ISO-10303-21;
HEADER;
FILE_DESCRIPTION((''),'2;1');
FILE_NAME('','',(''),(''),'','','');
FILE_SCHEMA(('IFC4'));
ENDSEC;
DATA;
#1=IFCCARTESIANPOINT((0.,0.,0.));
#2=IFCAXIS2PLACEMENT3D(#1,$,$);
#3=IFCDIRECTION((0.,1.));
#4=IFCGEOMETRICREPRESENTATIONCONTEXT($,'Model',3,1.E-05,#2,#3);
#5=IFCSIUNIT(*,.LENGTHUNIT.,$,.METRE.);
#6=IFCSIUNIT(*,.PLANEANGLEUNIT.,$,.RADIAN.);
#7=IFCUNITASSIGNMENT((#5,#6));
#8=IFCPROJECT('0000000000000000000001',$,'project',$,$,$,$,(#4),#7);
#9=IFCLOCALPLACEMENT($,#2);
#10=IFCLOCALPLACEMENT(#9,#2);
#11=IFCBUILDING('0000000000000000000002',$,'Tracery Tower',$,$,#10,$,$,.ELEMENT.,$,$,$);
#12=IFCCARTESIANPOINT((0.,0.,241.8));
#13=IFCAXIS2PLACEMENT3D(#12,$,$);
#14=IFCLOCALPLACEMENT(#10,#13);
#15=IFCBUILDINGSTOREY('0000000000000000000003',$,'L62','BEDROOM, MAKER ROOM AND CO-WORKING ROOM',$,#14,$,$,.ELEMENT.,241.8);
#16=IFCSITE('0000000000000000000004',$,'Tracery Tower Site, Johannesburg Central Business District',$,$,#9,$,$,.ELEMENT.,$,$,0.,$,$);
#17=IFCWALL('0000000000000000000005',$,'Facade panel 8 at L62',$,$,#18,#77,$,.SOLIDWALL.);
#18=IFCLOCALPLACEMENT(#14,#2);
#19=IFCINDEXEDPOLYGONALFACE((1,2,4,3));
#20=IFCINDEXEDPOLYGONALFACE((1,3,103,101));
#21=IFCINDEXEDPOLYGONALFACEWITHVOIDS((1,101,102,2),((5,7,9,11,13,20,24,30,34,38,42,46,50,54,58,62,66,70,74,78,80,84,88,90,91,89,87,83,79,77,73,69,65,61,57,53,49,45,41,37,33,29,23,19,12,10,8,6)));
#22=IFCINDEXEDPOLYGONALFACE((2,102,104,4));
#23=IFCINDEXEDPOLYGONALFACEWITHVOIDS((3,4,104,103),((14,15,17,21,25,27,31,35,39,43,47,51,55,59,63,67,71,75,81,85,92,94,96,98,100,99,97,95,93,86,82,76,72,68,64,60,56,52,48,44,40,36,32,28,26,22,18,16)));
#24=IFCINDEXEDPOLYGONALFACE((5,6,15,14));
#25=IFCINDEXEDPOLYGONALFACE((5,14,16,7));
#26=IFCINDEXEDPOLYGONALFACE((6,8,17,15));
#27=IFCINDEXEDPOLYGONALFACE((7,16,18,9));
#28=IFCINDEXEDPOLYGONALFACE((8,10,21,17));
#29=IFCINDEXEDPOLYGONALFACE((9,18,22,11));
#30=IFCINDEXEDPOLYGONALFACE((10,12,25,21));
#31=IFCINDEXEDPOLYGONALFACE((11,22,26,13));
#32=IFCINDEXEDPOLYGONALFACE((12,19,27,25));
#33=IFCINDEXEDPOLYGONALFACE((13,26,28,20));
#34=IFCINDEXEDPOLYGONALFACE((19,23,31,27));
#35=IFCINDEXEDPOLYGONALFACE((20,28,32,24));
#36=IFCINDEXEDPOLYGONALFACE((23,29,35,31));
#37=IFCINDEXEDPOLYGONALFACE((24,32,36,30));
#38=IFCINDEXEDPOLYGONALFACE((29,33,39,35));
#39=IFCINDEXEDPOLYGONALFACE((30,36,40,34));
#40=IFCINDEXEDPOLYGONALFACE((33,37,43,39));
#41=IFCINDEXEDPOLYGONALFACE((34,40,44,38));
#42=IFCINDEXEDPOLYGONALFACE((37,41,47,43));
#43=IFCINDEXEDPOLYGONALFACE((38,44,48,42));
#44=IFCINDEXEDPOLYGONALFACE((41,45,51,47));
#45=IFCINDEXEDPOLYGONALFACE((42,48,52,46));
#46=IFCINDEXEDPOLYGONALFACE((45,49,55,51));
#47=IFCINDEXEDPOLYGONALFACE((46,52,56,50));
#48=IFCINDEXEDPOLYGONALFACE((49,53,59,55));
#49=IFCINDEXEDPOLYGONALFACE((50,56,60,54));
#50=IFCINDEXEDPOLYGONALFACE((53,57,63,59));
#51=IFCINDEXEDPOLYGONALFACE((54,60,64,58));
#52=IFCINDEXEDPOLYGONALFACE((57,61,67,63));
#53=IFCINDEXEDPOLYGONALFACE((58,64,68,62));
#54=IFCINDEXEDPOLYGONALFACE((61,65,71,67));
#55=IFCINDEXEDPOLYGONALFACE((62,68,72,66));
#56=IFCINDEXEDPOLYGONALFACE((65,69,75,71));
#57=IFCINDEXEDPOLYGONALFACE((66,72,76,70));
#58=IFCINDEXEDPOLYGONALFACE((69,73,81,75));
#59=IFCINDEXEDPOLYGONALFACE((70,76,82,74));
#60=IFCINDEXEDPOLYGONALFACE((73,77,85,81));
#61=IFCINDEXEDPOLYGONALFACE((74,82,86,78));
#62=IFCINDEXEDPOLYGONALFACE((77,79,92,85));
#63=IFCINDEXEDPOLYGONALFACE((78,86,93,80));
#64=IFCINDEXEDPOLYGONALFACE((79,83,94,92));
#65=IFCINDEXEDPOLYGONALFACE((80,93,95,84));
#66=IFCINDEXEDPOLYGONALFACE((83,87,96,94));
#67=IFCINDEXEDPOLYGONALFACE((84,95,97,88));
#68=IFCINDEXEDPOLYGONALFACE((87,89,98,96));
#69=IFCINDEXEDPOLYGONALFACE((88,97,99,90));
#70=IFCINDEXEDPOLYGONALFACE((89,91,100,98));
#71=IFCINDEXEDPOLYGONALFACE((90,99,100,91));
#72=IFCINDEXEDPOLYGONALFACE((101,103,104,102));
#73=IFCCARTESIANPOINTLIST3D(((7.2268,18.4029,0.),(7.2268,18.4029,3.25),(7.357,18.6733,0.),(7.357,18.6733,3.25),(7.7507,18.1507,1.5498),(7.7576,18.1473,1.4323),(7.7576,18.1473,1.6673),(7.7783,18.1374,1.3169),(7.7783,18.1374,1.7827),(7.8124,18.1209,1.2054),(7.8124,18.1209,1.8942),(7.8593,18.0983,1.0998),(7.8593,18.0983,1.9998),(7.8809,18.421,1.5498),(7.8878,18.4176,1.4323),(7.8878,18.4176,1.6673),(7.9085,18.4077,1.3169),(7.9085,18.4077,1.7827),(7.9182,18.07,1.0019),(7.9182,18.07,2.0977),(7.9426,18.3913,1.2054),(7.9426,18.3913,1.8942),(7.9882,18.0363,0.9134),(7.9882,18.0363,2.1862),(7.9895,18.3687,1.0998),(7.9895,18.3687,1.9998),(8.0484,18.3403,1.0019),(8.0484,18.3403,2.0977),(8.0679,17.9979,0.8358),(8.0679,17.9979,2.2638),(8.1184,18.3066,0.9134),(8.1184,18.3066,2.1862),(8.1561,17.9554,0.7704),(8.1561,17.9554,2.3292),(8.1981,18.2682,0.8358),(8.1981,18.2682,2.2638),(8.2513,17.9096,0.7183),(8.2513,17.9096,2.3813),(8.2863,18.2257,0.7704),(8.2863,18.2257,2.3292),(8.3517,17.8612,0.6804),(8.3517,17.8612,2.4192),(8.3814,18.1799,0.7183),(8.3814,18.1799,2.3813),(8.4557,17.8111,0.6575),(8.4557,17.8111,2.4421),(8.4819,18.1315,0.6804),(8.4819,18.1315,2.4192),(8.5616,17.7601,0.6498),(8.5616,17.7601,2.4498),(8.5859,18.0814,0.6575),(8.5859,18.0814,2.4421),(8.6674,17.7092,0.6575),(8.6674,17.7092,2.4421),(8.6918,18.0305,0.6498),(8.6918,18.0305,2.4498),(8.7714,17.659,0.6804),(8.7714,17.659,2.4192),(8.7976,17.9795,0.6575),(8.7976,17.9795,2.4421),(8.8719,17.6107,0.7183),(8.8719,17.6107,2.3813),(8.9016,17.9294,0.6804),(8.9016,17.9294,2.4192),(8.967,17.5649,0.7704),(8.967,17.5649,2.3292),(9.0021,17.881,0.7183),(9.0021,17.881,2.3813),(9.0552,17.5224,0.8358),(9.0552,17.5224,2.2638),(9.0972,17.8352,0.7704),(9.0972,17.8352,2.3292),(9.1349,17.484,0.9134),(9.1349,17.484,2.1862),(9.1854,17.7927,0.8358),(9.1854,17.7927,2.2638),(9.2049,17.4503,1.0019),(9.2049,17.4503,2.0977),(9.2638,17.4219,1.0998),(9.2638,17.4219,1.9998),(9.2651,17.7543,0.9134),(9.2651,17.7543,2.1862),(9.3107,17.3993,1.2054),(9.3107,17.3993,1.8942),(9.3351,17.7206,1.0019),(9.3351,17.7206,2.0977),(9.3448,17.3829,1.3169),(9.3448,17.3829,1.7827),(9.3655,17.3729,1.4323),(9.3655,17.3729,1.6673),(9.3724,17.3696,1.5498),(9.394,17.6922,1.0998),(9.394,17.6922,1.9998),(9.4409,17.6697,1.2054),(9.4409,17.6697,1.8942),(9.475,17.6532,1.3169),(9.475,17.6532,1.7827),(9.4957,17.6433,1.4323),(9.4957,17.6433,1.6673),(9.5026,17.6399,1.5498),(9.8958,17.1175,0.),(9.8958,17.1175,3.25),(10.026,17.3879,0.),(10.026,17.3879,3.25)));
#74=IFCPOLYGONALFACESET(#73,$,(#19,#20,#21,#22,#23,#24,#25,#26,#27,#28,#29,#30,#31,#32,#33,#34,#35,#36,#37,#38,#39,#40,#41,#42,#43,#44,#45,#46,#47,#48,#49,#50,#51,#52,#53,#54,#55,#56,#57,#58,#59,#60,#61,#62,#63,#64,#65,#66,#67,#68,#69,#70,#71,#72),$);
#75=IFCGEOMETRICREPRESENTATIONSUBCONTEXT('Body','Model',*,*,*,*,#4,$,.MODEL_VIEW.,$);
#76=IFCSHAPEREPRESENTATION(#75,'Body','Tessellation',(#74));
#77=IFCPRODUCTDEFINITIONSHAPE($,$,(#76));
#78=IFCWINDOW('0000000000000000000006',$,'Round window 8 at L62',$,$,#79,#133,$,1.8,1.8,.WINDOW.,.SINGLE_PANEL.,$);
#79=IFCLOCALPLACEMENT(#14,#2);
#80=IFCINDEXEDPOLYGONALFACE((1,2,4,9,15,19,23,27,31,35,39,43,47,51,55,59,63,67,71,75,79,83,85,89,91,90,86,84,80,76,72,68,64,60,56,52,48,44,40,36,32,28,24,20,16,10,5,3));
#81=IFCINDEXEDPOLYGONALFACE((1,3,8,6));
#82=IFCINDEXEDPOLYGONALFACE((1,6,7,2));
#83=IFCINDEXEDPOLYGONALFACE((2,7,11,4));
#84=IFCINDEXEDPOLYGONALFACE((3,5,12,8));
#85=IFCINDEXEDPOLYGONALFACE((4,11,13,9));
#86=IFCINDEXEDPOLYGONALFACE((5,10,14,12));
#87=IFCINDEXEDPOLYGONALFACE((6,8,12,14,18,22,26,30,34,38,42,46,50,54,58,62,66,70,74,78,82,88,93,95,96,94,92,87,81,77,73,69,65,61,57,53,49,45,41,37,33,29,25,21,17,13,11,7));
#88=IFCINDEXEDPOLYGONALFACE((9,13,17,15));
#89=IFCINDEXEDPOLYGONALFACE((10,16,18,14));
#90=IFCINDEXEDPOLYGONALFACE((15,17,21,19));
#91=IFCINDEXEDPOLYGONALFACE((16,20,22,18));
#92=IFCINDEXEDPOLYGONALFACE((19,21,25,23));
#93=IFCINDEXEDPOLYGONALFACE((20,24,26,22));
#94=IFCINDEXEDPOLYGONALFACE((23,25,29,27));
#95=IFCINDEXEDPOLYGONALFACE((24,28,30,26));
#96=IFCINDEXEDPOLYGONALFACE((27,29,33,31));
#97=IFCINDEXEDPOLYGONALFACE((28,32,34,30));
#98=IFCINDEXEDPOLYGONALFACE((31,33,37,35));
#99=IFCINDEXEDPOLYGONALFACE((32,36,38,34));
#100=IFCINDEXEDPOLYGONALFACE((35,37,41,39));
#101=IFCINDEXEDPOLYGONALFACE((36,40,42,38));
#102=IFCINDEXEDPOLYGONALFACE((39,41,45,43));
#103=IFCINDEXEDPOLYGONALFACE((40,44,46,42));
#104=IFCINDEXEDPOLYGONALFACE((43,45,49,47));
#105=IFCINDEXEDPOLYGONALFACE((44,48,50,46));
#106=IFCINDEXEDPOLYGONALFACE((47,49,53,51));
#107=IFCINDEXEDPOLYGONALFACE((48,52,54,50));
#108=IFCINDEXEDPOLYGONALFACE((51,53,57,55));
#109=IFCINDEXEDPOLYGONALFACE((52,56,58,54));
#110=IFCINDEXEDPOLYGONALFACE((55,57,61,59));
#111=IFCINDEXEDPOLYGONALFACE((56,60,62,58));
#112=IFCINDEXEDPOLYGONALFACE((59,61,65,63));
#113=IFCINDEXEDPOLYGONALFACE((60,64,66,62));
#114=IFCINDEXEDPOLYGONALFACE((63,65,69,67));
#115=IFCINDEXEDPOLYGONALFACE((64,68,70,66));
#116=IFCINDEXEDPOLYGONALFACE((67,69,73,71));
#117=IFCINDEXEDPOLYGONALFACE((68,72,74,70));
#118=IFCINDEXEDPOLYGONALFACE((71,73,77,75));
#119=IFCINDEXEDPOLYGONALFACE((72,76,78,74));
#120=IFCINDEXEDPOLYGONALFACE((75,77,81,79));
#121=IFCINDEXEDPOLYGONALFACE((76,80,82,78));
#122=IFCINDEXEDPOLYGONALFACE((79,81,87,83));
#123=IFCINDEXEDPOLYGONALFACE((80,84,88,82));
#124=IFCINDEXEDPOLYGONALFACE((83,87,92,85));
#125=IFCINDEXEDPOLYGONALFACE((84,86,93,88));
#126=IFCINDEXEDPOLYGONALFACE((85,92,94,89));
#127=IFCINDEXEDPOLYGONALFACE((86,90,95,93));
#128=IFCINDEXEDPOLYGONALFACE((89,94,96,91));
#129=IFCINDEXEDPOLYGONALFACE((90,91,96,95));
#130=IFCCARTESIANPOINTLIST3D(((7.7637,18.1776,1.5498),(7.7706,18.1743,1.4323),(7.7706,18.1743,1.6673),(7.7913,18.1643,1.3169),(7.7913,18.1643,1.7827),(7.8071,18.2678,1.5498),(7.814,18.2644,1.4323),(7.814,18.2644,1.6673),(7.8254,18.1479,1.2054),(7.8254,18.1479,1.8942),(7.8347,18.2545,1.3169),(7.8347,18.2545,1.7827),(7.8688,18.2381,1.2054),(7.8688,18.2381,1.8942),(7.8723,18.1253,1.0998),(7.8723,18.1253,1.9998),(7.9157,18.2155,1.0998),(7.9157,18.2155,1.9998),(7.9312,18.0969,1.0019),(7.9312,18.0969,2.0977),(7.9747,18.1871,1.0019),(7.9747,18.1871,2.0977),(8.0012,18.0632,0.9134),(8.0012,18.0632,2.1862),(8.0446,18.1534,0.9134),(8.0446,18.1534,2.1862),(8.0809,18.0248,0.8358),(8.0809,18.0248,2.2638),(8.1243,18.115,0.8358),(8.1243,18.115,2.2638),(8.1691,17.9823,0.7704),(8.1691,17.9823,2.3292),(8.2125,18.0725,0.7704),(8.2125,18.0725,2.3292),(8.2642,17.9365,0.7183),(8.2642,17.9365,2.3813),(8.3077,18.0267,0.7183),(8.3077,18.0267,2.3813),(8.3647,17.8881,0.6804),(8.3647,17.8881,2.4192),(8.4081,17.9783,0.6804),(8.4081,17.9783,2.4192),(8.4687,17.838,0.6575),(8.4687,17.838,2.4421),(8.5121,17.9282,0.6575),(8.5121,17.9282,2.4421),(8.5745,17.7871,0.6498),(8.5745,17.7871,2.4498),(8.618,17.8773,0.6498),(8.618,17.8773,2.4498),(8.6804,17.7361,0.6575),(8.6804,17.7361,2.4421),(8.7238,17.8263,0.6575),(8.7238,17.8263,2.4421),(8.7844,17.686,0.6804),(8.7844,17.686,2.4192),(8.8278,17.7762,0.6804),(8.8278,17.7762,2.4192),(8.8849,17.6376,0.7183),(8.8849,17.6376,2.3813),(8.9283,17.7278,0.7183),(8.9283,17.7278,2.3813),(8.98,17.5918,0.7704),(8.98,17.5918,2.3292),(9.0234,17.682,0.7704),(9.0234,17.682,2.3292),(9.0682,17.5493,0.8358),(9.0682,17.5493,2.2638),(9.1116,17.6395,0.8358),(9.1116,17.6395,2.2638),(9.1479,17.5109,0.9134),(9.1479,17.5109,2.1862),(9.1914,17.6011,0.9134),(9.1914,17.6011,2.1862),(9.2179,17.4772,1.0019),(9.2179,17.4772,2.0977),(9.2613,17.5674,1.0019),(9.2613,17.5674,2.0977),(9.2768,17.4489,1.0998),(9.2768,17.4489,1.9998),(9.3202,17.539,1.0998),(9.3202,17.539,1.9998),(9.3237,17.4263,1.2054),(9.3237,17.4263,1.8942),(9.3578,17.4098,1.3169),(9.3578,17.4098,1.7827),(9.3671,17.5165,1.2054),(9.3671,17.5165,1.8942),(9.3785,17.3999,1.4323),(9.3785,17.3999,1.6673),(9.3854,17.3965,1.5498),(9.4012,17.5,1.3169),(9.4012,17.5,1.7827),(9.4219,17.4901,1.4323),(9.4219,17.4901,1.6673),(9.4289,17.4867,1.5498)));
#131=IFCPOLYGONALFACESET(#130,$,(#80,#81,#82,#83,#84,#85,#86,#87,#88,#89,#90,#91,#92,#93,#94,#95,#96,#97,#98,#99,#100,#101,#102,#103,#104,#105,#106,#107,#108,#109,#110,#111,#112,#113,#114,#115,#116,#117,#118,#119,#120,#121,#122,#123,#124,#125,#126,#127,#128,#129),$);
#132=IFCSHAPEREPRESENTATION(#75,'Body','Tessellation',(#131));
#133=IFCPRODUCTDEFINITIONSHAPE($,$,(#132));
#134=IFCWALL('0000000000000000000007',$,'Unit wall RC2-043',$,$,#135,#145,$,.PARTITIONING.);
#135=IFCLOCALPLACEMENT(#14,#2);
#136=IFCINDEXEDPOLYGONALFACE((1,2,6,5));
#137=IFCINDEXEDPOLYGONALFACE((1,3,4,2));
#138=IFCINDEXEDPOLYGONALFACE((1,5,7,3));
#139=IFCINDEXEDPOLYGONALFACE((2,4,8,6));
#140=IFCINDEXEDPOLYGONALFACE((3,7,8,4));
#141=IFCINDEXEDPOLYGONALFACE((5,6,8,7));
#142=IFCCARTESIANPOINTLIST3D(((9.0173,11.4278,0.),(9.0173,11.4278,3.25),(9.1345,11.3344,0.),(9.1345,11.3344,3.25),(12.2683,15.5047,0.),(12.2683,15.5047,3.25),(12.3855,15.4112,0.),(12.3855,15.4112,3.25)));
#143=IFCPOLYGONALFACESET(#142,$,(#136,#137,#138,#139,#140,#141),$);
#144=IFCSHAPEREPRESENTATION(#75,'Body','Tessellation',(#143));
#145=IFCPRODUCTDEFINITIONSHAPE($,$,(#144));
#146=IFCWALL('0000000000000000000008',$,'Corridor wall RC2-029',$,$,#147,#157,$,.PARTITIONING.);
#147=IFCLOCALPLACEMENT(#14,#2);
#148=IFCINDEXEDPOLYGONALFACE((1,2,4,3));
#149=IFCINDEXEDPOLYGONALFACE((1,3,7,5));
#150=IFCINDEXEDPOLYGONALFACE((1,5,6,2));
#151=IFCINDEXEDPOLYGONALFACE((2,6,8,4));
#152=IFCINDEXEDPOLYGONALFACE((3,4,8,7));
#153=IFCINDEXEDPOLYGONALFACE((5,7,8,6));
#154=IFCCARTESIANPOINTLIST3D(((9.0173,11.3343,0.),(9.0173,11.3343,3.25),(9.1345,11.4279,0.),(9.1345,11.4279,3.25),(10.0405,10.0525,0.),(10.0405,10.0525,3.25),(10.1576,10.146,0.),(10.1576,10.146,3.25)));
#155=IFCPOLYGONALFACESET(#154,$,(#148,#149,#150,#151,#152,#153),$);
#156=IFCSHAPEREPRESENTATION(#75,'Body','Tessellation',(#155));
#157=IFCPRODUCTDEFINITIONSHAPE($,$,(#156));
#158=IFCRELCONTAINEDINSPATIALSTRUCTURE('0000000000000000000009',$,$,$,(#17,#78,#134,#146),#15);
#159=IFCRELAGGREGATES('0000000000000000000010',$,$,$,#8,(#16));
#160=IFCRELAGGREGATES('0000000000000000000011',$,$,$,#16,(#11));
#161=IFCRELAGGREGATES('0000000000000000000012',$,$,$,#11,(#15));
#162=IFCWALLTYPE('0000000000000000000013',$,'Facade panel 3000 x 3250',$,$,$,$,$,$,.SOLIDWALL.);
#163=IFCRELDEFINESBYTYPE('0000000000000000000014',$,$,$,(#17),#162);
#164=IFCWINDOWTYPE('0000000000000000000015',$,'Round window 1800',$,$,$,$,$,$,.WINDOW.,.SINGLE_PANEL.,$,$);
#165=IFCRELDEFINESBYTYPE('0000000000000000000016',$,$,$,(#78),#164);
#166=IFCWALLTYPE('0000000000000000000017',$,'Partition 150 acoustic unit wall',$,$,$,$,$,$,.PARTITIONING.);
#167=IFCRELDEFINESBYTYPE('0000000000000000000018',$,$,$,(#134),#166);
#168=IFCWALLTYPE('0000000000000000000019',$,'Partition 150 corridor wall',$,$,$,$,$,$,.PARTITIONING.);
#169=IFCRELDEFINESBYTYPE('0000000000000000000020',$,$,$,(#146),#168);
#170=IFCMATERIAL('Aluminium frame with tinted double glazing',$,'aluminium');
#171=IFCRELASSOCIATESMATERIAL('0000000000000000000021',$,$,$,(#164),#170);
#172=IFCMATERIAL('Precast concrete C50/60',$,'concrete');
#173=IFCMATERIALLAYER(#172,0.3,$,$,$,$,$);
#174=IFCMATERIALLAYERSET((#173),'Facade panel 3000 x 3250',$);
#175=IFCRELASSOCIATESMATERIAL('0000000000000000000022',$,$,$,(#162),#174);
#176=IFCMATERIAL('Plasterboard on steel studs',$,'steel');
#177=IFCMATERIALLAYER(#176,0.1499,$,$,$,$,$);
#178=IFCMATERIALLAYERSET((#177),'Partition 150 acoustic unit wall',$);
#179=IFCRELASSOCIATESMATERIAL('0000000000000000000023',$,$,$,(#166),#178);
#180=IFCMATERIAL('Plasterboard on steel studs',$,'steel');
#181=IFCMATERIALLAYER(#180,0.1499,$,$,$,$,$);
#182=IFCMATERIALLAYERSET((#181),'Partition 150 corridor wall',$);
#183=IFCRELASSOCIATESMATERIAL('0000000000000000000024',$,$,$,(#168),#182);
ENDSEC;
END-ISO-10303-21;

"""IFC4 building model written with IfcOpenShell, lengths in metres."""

from ifc_helpers import new_model, si_unit, direction, frame, frame_2d, origin, origin_2d, place, context, subcontext, project, spatial, rectangle, circle, extrude, material, layer, layer_set, type_object, element, fill, save


model = new_model("IFC4")

# Units and contexts
model_context = context("Model", 3, precision=1e-05, world=origin(), true_north=direction((0.0, 1.0)))
body_context = subcontext(model_context, "Body", "Model", "MODEL_VIEW")
ifc_project = project(units=[si_unit("LENGTHUNIT", "METRE"), si_unit("PLANEANGLEUNIT", "RADIAN")], contexts=[model_context])

# Site, building, storey
site_placement = place(None, origin())
site = spatial("IfcSite", under=ifc_project, at=site_placement, Name="Tracery Tower Site, Johannesburg Central Business District", CompositionType="ELEMENT", RefElevation=0.0)
building_placement = place(site_placement, origin())
building = spatial("IfcBuilding", under=site, at=building_placement, Name="Tracery Tower", CompositionType="ELEMENT")
storey_placement = place(building_placement, frame((0.0, 0.0, 241.8)))
storey = spatial("IfcBuildingStorey", under=building, at=storey_placement, Name="L62", Description="BEDROOM, MAKER ROOM AND CO-WORKING ROOM", CompositionType="ELEMENT", Elevation=241.8)

# Wall, opening, window
ifc_material_1 = material(Name="Aluminium frame with tinted double glazing", Category="aluminium")
window_type = type_object("IfcWindowType", Name="Round window 1800", PartitioningType="SINGLE_PANEL", PredefinedType="WINDOW", material=ifc_material_1)
ifc_material_2 = material(Name="Precast concrete C50/60", Category="concrete")
ifc_layer_1 = layer(ifc_material_2, 0.3)
ifc_layer_set_1 = layer_set([ifc_layer_1], Name="Facade panel 3000 x 3250")
wall_type_1 = type_object("IfcWallType", Name="Facade panel 3000 x 3250", PredefinedType="SOLIDWALL", material=ifc_layer_set_1)
wall_1_placement = place(storey_placement, frame((9.9609, 17.2527, 0.0), z_axis=(0.0, 0.0, 1.0), x_axis=(-0.900955, 0.433912, 0.0)))
wall_1 = element("IfcWall", 1, at=wall_1_placement, inside=storey, type_object=wall_type_1, Name="Facade panel 8 at L62", PredefinedType="SOLIDWALL", context=body_context, shape_type="SweptSolid", body=[
    extrude(rectangle(XDim=2.9624, YDim=0.3, at=frame_2d((1.4812, 0.0))), origin(), (0.0, 0.0, 1.0), 3.25),
])
opening_1_placement = place(wall_1_placement, frame((1.481, 0.0, 1.5498)))
opening_1 = element("IfcOpeningElement", 2, at=opening_1_placement, cuts=wall_1, PredefinedType="OPENING", context=body_context, shape_type="SweptSolid", body=[
    extrude(circle(Radius=0.9, at=origin_2d()), frame((0.0, 0.1599, 0.0), z_axis=(0.0, -1.0, 0.0), x_axis=(1.0, 0.0, 0.0)), (0.0, 0.0, 1.0), 0.3201),
])
window_1_placement = place(opening_1_placement, origin())
window_1 = element("IfcWindow", 3, at=window_1_placement, inside=storey, type_object=window_type, Name="Round window 8 at L62", OverallHeight=1.8, OverallWidth=1.8, PartitioningType="SINGLE_PANEL", PredefinedType="WINDOW", context=body_context, shape_type="SweptSolid", body=[
    extrude(circle(Radius=0.9, at=origin_2d()), frame((0.0, 0.1201, 0.0), z_axis=(0.0, -1.0, 0.0), x_axis=(1.0, 0.0, 0.0)), (0.0, 0.0, 1.0), 0.1001),
])
fill(opening_1, window_1)

# Walls
ifc_material_3 = material(Name="Plasterboard on steel studs", Category="steel")
ifc_layer_2 = layer(ifc_material_3, 0.1499)
ifc_layer_set_2 = layer_set([ifc_layer_2], Name="Partition 150 acoustic unit wall")
wall_type_2 = type_object("IfcWallType", Name="Partition 150 acoustic unit wall", PredefinedType="PARTITIONING", material=ifc_layer_set_2)
wall_2_placement = place(storey_placement, frame((9.0759, 11.3811, 0.0), z_axis=(0.0, 0.0, 1.0), x_axis=(0.623461, 0.781854, 0.0)))
element("IfcWall", 4, at=wall_2_placement, inside=storey, type_object=wall_type_2, Name="Unit wall RC2-043", PredefinedType="PARTITIONING", context=body_context, shape_type="SweptSolid", body=[
    extrude(rectangle(XDim=5.2144, YDim=0.1499, at=frame_2d((2.6072, 0.0))), origin(), (0.0, 0.0, 1.0), 3.25),
])
ifc_material_4 = material(Name="Plasterboard on steel studs", Category="steel")
ifc_layer_3 = layer(ifc_material_4, 0.1499)
ifc_layer_set_3 = layer_set([ifc_layer_3], Name="Partition 150 corridor wall")
wall_type_3 = type_object("IfcWallType", Name="Partition 150 corridor wall", PredefinedType="PARTITIONING", material=ifc_layer_set_3)
wall_3_placement = place(storey_placement, frame((9.0759, 11.3811, 0.0), z_axis=(0.0, 0.0, 1.0), x_axis=(0.623805, -0.78158, 0.0)))
element("IfcWall", 5, at=wall_3_placement, inside=storey, type_object=wall_type_3, Name="Corridor wall RC2-029", PredefinedType="PARTITIONING", context=body_context, shape_type="SweptSolid", body=[
    extrude(rectangle(XDim=1.6401, YDim=0.1499, at=frame_2d((0.8201, 0.0))), origin(), (0.0, 0.0, 1.0), 3.25),
])

save(model, "model.ifc")
